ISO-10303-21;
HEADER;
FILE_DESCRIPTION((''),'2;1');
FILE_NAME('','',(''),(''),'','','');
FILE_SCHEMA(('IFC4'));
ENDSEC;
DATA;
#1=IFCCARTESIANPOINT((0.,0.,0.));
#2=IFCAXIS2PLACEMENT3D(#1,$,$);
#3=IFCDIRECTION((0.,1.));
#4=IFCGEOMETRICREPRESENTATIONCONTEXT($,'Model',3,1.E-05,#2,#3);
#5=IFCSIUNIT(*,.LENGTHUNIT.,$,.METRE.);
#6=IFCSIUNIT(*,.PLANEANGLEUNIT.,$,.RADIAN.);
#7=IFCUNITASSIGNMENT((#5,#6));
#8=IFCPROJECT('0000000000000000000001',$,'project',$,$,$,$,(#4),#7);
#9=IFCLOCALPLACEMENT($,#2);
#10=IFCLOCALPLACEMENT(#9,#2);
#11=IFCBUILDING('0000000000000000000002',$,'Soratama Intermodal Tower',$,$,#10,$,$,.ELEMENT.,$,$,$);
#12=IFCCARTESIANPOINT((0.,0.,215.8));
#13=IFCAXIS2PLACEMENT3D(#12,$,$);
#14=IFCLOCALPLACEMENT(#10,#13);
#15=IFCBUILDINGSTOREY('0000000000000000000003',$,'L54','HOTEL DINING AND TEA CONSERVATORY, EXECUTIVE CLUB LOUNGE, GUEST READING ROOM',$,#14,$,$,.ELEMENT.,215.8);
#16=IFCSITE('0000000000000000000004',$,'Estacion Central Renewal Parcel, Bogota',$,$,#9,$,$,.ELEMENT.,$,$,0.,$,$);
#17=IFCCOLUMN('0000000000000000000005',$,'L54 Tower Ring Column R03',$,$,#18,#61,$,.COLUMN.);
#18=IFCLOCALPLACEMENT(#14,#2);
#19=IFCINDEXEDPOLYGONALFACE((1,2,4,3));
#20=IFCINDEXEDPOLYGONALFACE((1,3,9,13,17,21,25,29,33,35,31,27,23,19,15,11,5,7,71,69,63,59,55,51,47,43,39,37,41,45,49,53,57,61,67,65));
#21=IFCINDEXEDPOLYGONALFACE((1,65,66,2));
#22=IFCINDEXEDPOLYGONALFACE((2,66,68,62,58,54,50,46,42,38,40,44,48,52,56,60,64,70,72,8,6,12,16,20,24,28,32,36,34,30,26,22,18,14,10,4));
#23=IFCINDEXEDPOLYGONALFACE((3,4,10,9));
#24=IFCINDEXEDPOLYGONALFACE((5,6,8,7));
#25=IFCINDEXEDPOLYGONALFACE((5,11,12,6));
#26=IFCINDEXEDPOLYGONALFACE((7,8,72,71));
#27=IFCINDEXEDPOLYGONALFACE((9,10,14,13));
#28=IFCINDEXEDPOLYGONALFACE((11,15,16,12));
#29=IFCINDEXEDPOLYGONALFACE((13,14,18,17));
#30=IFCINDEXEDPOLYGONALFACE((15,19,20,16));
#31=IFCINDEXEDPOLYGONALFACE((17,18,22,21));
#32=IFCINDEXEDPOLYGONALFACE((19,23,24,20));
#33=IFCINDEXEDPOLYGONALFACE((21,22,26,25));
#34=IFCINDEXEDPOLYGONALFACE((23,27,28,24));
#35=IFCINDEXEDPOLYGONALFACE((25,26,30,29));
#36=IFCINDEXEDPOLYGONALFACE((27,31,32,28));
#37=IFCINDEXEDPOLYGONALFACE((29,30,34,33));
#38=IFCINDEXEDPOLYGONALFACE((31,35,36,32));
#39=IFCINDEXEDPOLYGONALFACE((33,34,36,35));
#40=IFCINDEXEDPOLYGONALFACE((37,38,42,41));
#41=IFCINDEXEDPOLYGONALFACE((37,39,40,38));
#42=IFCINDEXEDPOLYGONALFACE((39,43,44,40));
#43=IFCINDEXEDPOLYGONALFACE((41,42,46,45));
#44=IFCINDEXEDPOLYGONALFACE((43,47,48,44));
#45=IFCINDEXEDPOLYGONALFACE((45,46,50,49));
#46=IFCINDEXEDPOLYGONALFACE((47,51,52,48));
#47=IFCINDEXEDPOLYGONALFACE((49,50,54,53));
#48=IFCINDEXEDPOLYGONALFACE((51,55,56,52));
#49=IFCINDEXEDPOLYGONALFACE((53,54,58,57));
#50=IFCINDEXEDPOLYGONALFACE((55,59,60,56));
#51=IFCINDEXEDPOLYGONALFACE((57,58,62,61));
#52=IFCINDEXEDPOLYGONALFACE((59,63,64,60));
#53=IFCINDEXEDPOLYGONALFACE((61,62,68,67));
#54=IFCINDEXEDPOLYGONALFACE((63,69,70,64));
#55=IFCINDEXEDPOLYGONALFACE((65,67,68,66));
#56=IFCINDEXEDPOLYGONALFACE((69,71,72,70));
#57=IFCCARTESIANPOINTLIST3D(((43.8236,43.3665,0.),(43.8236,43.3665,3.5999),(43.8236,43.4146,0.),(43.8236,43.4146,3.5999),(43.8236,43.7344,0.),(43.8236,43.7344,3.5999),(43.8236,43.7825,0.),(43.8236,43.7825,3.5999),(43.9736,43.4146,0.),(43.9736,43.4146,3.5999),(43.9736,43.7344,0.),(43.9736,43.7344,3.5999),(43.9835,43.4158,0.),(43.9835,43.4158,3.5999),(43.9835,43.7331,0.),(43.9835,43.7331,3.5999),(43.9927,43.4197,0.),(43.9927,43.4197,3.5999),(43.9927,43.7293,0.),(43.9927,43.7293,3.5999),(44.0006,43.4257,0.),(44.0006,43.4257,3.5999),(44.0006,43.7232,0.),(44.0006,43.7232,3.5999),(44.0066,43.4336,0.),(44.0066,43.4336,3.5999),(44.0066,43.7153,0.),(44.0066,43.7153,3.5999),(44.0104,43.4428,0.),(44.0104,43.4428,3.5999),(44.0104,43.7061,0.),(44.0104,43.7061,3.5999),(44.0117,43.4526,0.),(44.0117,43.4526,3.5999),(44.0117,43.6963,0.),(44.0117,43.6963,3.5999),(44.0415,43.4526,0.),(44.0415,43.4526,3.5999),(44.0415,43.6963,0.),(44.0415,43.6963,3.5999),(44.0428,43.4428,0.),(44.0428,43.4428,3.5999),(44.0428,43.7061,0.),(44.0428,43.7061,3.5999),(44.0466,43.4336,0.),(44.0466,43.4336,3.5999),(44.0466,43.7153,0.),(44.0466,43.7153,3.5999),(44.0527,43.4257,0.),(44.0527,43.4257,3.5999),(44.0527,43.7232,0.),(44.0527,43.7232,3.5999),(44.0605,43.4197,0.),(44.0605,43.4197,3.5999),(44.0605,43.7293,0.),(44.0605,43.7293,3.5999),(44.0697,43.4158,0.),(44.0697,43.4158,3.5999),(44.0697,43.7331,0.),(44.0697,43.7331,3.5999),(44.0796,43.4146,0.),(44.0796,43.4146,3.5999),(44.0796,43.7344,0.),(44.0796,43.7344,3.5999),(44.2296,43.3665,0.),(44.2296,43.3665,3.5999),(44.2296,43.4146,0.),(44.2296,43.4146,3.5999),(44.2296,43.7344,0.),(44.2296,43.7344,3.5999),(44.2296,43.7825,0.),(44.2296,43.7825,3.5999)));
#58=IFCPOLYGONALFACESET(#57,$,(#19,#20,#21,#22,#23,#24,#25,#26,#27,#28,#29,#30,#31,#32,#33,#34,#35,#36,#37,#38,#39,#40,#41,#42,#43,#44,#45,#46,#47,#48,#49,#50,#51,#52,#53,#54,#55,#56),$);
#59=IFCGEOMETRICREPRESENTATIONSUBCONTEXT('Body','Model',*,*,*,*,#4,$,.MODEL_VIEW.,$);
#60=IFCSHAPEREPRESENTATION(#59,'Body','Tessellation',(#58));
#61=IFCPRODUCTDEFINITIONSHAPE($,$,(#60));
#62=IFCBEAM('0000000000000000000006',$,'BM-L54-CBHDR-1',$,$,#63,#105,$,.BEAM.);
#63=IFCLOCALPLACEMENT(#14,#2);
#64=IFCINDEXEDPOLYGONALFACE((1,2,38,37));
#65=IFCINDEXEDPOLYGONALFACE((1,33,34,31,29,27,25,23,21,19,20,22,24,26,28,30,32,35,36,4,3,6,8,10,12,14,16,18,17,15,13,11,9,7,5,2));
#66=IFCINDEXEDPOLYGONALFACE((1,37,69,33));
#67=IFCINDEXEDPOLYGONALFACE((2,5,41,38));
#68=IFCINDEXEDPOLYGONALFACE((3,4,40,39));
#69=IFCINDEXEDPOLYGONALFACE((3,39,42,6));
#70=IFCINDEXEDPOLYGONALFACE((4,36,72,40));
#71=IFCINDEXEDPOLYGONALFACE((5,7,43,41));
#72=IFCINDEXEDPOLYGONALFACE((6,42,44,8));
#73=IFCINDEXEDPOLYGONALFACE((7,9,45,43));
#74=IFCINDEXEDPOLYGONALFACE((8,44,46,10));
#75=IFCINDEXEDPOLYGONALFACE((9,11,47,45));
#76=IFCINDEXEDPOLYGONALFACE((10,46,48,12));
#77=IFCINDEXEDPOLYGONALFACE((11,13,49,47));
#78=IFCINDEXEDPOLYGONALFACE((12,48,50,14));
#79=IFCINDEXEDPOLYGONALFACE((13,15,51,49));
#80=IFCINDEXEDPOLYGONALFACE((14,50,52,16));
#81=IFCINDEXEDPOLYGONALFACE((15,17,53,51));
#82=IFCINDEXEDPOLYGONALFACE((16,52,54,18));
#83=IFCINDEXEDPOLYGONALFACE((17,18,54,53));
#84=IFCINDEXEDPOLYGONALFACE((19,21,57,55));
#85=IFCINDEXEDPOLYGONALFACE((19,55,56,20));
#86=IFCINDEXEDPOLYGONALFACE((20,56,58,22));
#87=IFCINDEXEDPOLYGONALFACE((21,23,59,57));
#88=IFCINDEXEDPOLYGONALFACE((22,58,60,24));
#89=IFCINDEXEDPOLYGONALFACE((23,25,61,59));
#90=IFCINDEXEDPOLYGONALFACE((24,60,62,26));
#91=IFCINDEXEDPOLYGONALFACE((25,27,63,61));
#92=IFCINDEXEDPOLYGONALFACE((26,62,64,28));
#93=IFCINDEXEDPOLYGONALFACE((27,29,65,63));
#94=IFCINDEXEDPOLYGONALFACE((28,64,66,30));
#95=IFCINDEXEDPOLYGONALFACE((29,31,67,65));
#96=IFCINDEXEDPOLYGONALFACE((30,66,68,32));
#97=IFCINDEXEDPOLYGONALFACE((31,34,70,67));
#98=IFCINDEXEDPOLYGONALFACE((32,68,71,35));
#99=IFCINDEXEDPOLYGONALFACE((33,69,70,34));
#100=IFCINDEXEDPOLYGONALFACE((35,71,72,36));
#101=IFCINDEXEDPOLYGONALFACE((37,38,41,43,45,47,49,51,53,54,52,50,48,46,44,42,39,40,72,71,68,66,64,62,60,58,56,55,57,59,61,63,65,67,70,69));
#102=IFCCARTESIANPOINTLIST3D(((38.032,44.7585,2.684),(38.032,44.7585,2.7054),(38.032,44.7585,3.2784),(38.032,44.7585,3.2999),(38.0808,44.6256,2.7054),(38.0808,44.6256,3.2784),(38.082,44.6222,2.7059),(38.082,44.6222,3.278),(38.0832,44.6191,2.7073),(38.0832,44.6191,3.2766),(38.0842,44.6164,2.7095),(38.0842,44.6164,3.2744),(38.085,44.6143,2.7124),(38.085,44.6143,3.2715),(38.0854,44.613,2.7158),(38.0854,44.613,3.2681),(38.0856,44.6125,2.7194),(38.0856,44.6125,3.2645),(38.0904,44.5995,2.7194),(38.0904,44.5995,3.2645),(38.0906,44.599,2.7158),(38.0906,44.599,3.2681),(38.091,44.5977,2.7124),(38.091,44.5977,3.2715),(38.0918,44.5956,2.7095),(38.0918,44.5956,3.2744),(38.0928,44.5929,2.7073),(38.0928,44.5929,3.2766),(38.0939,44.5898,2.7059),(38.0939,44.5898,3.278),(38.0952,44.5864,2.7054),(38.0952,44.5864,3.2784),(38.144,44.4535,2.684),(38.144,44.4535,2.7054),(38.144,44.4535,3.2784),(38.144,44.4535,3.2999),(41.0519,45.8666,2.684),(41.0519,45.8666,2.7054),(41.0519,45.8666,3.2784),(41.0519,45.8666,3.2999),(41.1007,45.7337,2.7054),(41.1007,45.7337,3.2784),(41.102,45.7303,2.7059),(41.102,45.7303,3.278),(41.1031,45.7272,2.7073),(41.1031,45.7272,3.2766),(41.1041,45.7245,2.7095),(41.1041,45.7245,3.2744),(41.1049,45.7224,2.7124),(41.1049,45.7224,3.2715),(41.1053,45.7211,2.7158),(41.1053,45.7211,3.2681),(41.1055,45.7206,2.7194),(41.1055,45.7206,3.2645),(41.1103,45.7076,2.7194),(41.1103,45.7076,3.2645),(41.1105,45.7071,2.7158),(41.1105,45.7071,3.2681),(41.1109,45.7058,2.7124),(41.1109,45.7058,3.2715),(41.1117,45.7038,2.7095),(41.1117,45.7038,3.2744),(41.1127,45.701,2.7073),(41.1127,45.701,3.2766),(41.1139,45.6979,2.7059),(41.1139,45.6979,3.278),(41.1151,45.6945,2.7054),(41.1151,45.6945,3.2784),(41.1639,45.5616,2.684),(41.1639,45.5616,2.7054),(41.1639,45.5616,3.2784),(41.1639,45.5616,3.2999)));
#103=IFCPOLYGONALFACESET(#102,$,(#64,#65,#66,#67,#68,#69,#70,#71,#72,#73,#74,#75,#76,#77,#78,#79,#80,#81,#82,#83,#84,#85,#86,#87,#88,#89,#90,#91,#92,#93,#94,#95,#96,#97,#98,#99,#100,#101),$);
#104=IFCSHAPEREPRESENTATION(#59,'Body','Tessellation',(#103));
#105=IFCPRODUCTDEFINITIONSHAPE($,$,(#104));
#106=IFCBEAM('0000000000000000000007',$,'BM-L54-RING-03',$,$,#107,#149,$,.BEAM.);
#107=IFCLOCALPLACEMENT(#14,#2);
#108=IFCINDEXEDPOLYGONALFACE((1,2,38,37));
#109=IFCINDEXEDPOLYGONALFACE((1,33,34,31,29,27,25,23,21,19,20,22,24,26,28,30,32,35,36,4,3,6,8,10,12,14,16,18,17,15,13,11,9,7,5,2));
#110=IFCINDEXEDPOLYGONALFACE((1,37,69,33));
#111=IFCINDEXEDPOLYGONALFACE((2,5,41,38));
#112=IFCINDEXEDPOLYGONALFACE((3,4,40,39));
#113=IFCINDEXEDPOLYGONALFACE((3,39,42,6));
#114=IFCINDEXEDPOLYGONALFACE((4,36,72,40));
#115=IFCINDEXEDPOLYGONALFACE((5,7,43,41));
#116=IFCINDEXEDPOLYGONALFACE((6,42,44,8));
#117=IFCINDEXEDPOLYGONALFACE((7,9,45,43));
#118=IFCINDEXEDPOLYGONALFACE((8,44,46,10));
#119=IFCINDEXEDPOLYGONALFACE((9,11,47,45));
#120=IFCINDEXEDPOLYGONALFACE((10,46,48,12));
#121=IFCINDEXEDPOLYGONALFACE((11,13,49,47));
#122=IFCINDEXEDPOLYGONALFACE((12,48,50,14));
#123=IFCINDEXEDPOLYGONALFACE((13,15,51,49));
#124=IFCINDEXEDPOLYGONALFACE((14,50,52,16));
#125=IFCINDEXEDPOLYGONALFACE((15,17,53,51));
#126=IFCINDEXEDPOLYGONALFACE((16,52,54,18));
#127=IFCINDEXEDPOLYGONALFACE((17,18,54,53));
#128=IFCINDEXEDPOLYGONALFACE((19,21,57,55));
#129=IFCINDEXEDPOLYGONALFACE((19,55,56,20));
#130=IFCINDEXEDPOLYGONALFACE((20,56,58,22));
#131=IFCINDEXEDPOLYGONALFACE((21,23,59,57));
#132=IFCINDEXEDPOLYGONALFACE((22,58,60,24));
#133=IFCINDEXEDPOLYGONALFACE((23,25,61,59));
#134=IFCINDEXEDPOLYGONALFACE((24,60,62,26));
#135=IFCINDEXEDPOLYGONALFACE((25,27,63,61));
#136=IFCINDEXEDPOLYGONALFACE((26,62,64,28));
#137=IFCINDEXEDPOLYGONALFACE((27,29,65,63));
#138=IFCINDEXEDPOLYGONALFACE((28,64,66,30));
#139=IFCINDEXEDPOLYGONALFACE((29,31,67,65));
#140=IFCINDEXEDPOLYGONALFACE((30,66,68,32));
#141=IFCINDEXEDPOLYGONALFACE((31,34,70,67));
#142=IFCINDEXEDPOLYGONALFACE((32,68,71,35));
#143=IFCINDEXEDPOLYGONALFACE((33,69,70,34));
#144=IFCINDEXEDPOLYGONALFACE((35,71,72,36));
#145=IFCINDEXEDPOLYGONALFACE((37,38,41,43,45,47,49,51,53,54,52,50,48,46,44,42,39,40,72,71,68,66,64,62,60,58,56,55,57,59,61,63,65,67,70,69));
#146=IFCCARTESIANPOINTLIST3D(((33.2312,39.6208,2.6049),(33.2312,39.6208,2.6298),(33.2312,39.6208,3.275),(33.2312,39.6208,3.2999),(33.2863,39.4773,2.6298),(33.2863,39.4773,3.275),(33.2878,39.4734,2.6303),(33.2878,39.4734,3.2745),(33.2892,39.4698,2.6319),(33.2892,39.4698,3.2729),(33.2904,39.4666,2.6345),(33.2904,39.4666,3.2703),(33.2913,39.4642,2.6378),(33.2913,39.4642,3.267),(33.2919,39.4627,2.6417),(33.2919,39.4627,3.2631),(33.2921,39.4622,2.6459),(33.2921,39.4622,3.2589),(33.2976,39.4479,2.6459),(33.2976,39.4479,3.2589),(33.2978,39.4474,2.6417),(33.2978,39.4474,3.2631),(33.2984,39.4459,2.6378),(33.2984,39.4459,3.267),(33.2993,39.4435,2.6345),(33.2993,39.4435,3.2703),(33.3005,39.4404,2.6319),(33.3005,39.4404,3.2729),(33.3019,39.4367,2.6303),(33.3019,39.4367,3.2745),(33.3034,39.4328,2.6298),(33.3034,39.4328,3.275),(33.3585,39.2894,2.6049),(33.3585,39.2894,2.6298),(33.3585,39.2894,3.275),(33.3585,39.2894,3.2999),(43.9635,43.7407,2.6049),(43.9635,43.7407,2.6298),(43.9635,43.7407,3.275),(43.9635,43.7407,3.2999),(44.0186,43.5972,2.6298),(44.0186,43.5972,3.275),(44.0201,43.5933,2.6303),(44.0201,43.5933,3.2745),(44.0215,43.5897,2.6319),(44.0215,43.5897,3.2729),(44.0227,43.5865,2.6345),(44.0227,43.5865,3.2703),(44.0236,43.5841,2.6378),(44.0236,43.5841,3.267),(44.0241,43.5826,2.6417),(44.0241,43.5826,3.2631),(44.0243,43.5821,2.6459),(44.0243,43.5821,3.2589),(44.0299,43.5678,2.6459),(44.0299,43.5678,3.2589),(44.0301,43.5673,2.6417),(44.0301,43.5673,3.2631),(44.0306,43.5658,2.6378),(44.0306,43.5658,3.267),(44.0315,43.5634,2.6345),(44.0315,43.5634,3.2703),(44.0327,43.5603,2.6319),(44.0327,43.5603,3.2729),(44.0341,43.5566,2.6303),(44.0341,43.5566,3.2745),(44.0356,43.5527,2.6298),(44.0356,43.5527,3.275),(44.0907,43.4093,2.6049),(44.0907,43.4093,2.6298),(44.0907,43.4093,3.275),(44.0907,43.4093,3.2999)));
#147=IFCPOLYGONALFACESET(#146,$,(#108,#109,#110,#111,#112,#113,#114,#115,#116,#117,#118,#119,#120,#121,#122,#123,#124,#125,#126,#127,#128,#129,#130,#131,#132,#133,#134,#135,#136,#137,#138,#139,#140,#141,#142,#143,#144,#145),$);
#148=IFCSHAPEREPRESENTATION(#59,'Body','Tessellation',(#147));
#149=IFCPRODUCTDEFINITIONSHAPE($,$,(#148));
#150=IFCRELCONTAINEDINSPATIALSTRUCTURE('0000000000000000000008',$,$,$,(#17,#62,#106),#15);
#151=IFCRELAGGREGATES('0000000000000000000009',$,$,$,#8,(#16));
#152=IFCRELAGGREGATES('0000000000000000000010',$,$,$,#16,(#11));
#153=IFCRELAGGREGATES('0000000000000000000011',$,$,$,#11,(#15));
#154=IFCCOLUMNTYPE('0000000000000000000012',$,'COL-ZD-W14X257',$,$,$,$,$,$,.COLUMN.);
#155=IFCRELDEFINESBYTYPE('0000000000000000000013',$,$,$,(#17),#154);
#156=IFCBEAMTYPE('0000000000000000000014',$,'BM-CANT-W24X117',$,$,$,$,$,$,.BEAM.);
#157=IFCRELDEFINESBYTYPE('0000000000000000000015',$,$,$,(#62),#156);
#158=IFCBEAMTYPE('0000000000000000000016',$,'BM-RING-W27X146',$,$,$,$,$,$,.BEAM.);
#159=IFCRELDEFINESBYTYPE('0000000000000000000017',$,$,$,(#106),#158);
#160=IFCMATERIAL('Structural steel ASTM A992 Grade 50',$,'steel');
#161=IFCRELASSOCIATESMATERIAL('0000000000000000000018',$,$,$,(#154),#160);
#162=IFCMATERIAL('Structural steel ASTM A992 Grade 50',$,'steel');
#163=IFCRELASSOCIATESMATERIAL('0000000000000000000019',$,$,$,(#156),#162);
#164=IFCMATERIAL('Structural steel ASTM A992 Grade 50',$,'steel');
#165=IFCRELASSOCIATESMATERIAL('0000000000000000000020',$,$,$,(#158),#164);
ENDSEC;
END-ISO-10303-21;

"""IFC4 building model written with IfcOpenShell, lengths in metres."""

from ifc_helpers import new_model, si_unit, direction, frame, origin, origin_2d, place, context, subcontext, project, spatial, i_section, extrude, material, material_profile, profile_set, type_object, element, save


model = new_model("IFC4")

# Units and contexts
model_context = context("Model", 3, precision=1e-05, world=origin(), true_north=direction((0.0, 1.0)))
body_context = subcontext(model_context, "Body", "Model", "MODEL_VIEW")
ifc_project = project(units=[si_unit("LENGTHUNIT", "METRE"), si_unit("PLANEANGLEUNIT", "RADIAN")], contexts=[model_context])

# Site, building, storey
site_placement = place(None, origin())
site = spatial("IfcSite", under=ifc_project, at=site_placement, Name="Estacion Central Renewal Parcel, Bogota", CompositionType="ELEMENT", RefElevation=0.0)
building_placement = place(site_placement, origin())
building = spatial("IfcBuilding", under=site, at=building_placement, Name="Soratama Intermodal Tower", CompositionType="ELEMENT")
storey_placement = place(building_placement, frame((0.0, 0.0, 215.8)))
storey = spatial("IfcBuildingStorey", under=building, at=storey_placement, Name="L54", Description="HOTEL DINING AND TEA CONSERVATORY, EXECUTIVE CLUB LOUNGE, GUEST READING ROOM", CompositionType="ELEMENT", Elevation=215.8)

# Column
ifc_material_1 = material(Name="Structural steel ASTM A992 Grade 50", Category="steel")
ifc_material_profile_1 = material_profile(ifc_material_1, i_section(OverallWidth=0.406, OverallDepth=0.416, WebThickness=0.0298, FlangeThickness=0.0481, FilletRadius=0.0381, at=origin_2d()), Name="W14X257")
ifc_profile_set_1 = profile_set([ifc_material_profile_1], Name="Structural steel ASTM A992 Grade 50")
column_type = type_object("IfcColumnType", Name="COL-ZD-W14X257", PredefinedType="COLUMN", material=ifc_profile_set_1)
column_placement = place(storey_placement, frame((44.0266, 43.5745, 0.0), z_axis=(0.0, 0.0, 1.0), x_axis=(1.0, 0.0, 0.0)))
element("IfcColumn", 1, at=column_placement, inside=storey, type_object=column_type, Name="L54 Tower Ring Column R03", PredefinedType="COLUMN", context=body_context, shape_type="SweptSolid", body=[
    extrude(i_section(OverallWidth=0.406, OverallDepth=0.416, WebThickness=0.0298, FlangeThickness=0.0481, FilletRadius=0.0381, at=origin_2d()), origin(), (0.0, 0.0, 1.0), 3.5999),
])

# Beams
ifc_material_2 = material(Name="Structural steel ASTM A992 Grade 50", Category="steel")
ifc_material_profile_2 = material_profile(ifc_material_2, i_section(OverallWidth=0.325, OverallDepth=0.616, WebThickness=0.0139, FlangeThickness=0.0215, FilletRadius=0.0139, at=origin_2d()), Name="W24X117")
ifc_profile_set_2 = profile_set([ifc_material_profile_2], Name="Structural steel ASTM A992 Grade 50")
beam_type_1 = type_object("IfcBeamType", Name="BM-CANT-W24X117", PredefinedType="BEAM", material=ifc_profile_set_2)
beam_1_placement = place(storey_placement, frame((41.1079, 45.7141, 2.9919), z_axis=(-0.938795, -0.344478, 0.0), x_axis=(0.344478, -0.938795, 0.0)))
element("IfcBeam", 2, at=beam_1_placement, inside=storey, type_object=beam_type_1, Name="BM-L54-CBHDR-1", PredefinedType="BEAM", context=body_context, shape_type="SweptSolid", body=[
    extrude(i_section(OverallWidth=0.325, OverallDepth=0.616, WebThickness=0.0139, FlangeThickness=0.0215, FilletRadius=0.0139, at=origin_2d()), origin(), (0.0, 0.0, 1.0), 3.2168),
])
ifc_material_3 = material(Name="Structural steel ASTM A992 Grade 50", Category="steel")
ifc_material_profile_3 = material_profile(ifc_material_3, i_section(OverallWidth=0.355, OverallDepth=0.6951, WebThickness=0.0154, FlangeThickness=0.0249, FilletRadius=0.0161, at=origin_2d()), Name="W27X146")
ifc_profile_set_3 = profile_set([ifc_material_profile_3], Name="Structural steel ASTM A992 Grade 50")
beam_type_2 = type_object("IfcBeamType", Name="BM-RING-W27X146", PredefinedType="BEAM", material=ifc_profile_set_3)
beam_2_placement = place(storey_placement, frame((44.0271, 43.575, 2.9524), z_axis=(-0.933575, -0.358381, 0.0), x_axis=(0.358381, -0.933575, 0.0)))
element("IfcBeam", 3, at=beam_2_placement, inside=storey, type_object=beam_type_2, Name="BM-L54-RING-03", PredefinedType="BEAM", context=body_context, shape_type="SweptSolid", body=[
    extrude(i_section(OverallWidth=0.355, OverallDepth=0.6951, WebThickness=0.0154, FlangeThickness=0.0249, FilletRadius=0.0161, at=origin_2d()), origin(), (0.0, 0.0, 1.0), 11.4958),
])

save(model, "model.ifc")
